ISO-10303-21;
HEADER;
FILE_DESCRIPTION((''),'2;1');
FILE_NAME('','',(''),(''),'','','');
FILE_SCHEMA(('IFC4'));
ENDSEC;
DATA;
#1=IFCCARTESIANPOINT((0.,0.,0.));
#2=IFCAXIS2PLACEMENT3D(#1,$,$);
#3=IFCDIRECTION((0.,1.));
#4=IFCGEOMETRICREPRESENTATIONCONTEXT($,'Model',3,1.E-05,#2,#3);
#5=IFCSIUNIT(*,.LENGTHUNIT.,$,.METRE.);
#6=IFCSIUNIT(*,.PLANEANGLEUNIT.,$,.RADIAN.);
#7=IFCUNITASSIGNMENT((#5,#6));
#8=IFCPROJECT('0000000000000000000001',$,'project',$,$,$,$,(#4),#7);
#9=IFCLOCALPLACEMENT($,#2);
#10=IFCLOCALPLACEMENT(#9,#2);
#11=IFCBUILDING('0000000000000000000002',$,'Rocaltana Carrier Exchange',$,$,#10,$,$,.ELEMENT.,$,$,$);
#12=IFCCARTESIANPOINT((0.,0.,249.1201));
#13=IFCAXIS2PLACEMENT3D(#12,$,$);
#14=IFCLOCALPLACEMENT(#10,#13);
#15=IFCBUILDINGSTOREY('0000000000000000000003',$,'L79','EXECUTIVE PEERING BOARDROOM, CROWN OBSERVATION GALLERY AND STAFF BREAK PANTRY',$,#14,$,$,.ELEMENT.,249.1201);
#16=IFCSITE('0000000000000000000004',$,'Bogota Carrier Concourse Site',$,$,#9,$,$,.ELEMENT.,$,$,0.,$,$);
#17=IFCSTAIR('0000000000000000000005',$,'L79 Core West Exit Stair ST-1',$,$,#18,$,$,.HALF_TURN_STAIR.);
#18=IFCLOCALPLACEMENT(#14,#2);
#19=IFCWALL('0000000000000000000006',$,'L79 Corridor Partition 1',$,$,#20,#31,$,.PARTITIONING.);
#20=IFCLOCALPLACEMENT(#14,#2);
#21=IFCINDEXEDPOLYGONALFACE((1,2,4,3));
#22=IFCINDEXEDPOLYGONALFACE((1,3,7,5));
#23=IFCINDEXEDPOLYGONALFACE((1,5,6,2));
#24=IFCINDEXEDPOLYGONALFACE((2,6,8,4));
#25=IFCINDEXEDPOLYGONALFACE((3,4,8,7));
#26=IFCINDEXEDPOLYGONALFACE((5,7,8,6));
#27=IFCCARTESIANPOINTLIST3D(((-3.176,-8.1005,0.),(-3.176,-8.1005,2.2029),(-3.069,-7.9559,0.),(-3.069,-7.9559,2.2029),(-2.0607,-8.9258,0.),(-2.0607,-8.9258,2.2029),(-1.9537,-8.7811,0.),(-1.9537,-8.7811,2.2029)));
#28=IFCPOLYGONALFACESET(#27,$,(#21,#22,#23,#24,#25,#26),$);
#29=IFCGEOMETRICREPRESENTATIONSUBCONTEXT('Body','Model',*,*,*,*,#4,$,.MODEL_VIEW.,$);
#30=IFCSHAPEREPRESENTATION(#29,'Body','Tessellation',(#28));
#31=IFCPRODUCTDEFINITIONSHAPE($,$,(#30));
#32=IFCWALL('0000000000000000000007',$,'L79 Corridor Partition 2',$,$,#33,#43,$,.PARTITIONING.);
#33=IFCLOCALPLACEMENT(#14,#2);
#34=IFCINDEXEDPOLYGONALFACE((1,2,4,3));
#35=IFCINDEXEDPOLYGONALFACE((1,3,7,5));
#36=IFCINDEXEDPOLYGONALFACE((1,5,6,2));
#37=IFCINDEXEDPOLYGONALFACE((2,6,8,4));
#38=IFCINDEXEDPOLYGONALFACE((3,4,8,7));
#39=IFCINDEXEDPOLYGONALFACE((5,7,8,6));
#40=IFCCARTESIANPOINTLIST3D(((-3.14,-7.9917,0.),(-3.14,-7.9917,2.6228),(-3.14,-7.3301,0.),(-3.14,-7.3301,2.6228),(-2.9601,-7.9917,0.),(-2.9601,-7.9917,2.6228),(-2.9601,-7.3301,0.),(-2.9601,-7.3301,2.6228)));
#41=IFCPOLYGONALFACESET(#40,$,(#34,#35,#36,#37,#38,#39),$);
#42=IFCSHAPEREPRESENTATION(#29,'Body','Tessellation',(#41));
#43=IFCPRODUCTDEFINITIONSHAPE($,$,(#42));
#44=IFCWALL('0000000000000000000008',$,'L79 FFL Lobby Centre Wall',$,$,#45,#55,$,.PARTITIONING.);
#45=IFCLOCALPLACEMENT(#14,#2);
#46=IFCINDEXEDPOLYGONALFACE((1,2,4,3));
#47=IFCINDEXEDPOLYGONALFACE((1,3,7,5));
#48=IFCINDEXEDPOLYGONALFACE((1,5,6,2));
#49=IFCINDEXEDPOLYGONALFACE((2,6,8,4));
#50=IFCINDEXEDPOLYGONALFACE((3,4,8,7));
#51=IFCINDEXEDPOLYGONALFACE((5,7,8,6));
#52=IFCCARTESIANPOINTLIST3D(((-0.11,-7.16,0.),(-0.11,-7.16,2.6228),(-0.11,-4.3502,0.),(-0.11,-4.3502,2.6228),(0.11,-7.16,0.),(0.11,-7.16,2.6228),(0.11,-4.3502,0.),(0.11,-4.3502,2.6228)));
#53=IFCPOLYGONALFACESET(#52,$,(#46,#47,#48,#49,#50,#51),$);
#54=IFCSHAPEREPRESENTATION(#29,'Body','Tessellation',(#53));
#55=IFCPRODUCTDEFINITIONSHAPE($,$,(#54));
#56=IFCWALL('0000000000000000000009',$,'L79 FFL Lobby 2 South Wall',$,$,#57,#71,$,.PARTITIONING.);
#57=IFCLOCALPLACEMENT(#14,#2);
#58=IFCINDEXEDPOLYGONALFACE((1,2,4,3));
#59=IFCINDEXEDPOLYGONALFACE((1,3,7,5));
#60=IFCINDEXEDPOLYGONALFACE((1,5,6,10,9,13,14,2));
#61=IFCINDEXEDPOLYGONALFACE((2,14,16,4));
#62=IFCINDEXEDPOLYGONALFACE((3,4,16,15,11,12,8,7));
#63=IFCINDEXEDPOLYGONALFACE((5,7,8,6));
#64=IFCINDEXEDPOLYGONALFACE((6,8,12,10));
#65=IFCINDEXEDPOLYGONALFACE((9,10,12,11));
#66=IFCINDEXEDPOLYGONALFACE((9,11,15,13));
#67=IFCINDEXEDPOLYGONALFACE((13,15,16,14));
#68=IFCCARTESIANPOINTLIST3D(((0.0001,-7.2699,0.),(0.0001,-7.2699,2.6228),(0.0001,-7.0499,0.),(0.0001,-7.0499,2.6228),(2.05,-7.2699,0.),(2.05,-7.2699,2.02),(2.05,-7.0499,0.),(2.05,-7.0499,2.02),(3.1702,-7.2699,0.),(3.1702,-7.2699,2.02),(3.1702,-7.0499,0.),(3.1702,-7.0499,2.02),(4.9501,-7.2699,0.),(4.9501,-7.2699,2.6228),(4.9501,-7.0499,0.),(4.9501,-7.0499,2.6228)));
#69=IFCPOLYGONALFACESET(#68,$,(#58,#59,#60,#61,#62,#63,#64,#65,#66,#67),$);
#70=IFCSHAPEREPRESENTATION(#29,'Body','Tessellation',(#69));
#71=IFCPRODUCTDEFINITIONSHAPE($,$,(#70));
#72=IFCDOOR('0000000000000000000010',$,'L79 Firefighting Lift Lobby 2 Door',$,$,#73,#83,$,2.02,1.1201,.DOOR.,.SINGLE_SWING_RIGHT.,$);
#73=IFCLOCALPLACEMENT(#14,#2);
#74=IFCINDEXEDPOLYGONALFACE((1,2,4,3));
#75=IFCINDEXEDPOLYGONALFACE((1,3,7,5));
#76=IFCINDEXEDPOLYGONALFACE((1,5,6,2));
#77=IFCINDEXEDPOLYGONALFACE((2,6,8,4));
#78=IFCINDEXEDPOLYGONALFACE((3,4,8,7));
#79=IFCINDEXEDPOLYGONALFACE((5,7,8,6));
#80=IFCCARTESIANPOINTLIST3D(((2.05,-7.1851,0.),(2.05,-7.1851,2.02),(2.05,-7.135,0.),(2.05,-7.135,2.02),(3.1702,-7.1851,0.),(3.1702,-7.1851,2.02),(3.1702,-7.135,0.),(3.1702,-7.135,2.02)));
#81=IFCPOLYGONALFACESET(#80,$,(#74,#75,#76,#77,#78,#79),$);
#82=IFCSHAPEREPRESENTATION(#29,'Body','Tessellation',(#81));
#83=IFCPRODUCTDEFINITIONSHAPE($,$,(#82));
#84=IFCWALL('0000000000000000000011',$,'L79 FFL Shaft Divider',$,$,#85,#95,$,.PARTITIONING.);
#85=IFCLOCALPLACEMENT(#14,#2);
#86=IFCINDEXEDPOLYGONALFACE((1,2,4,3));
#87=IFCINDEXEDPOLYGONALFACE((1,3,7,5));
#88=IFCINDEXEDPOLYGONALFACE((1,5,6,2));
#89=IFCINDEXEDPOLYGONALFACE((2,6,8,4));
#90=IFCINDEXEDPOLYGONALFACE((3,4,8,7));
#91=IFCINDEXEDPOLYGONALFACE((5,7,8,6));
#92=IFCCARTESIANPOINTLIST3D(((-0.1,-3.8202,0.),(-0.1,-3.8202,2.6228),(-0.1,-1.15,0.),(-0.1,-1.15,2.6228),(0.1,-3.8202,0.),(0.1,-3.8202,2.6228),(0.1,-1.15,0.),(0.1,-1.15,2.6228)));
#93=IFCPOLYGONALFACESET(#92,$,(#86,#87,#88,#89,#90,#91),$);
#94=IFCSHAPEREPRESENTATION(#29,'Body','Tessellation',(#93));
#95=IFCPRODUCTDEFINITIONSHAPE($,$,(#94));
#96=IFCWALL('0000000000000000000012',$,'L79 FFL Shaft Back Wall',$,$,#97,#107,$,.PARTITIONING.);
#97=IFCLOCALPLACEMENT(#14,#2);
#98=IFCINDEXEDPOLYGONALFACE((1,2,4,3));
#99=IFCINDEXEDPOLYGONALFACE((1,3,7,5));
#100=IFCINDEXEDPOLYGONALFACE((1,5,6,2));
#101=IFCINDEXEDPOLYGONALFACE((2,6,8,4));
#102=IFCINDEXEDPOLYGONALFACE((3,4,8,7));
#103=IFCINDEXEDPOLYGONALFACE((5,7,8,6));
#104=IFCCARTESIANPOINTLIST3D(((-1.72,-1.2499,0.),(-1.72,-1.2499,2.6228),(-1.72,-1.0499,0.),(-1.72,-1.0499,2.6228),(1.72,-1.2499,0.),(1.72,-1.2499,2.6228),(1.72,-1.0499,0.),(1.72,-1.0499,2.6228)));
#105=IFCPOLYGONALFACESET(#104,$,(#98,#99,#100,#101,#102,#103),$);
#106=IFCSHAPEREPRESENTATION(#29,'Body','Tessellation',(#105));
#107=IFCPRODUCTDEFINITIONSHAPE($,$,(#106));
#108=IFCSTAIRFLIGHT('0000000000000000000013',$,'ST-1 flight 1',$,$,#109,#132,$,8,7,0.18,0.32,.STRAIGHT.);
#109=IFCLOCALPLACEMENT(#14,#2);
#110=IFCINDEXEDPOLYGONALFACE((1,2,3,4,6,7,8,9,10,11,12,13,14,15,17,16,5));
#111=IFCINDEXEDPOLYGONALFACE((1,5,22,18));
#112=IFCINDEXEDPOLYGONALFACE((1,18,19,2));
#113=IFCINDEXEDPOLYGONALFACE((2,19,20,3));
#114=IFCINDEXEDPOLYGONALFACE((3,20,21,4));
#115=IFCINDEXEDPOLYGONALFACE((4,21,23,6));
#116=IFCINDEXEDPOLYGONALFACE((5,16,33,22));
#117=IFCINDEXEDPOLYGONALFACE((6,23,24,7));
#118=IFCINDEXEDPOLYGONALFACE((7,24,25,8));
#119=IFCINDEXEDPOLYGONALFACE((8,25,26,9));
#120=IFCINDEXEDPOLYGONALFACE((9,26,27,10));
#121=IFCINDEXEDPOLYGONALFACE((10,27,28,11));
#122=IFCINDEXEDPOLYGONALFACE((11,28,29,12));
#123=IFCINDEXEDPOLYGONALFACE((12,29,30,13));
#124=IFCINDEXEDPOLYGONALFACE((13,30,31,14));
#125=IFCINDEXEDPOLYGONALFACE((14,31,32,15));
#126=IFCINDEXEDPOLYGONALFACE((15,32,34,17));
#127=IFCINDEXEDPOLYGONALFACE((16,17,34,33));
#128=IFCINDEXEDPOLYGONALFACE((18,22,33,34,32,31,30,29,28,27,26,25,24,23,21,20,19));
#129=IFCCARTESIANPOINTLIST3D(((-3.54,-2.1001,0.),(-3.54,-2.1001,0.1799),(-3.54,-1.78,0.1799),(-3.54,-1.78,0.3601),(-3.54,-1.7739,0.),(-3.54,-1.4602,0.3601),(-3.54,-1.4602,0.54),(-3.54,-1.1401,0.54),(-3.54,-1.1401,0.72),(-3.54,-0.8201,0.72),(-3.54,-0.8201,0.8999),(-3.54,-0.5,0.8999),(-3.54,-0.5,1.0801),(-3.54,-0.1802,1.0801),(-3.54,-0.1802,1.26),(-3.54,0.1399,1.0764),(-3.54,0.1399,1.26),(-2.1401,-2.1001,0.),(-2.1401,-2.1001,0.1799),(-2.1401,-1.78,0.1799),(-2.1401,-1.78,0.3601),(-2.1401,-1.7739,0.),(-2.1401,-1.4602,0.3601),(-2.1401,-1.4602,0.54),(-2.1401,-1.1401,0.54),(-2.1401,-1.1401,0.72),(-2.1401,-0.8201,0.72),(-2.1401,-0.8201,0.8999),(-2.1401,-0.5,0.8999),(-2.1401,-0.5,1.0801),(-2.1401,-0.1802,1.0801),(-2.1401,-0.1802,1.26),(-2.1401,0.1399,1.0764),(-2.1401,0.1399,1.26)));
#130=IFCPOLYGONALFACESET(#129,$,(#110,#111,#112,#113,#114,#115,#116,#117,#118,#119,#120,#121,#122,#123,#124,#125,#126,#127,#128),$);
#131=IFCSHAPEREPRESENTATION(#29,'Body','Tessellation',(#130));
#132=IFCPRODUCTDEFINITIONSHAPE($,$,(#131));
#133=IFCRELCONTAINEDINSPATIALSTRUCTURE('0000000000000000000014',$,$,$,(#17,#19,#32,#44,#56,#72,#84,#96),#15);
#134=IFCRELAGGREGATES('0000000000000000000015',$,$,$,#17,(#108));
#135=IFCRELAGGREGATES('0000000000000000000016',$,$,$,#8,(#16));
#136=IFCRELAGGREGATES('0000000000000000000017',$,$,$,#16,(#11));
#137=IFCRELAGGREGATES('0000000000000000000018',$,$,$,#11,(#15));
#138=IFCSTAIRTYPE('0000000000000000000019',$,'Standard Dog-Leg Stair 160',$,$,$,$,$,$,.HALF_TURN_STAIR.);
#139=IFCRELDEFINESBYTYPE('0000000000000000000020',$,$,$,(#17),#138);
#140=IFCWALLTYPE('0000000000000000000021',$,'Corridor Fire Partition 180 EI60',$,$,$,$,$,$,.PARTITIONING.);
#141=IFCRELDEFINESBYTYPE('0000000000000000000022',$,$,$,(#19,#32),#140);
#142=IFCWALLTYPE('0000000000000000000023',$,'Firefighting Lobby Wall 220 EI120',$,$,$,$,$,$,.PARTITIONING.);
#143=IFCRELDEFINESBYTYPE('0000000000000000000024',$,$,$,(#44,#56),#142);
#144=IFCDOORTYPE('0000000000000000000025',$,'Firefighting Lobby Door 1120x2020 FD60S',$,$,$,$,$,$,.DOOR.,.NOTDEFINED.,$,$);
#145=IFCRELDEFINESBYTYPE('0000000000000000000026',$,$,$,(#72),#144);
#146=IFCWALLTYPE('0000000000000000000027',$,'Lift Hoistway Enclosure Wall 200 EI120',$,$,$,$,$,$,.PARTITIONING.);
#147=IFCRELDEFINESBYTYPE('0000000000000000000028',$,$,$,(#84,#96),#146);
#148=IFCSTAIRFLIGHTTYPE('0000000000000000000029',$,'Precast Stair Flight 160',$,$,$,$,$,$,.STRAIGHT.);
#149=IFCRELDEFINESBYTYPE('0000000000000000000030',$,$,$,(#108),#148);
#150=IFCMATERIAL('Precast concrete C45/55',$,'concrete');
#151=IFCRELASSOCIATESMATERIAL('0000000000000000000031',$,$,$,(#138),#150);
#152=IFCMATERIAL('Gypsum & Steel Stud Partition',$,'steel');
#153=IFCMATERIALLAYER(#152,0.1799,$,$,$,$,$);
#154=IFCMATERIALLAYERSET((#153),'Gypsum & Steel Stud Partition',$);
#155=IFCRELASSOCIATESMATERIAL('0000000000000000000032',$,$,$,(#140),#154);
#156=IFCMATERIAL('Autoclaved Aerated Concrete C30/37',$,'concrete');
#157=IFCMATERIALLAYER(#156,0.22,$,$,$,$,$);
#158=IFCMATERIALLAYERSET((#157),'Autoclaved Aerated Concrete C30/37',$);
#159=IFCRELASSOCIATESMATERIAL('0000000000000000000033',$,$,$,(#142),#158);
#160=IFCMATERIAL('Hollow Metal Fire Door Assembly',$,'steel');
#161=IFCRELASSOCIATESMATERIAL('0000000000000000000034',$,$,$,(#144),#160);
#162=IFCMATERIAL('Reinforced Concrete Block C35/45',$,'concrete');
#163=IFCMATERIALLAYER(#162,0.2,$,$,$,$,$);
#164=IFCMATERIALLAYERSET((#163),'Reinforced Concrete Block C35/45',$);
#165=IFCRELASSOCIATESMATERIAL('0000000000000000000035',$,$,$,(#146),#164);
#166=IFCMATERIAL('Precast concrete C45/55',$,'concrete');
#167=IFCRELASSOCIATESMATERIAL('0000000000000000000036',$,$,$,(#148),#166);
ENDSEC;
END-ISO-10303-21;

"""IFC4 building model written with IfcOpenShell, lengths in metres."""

from ifc_helpers import new_model, si_unit, direction, frame, frame_2d, origin, place, context, subcontext, project, spatial, polyline, rectangle, outline, extrude, material, layer, layer_set, type_object, element, fill, aggregate, save


model = new_model("IFC4")

# Units and contexts
model_context = context("Model", 3, precision=1e-05, world=origin(), true_north=direction((0.0, 1.0)))
body_context = subcontext(model_context, "Body", "Model", "MODEL_VIEW")
ifc_project = project(units=[si_unit("LENGTHUNIT", "METRE"), si_unit("PLANEANGLEUNIT", "RADIAN")], contexts=[model_context])

# Site, building, storey
site_placement = place(None, origin())
site = spatial("IfcSite", under=ifc_project, at=site_placement, Name="Bogota Carrier Concourse Site", CompositionType="ELEMENT", RefElevation=0.0)
building_placement = place(site_placement, origin())
building = spatial("IfcBuilding", under=site, at=building_placement, Name="Rocaltana Carrier Exchange", CompositionType="ELEMENT")
storey_placement = place(building_placement, frame((0.0, 0.0, 249.1201)))
storey = spatial("IfcBuildingStorey", under=building, at=storey_placement, Name="L79", Description="EXECUTIVE PEERING BOARDROOM, CROWN OBSERVATION GALLERY AND STAFF BREAK PANTRY", CompositionType="ELEMENT", Elevation=249.1201)

# Stair
ifc_material_1 = material(Name="Precast concrete C45/55", Category="concrete")
stair_type = type_object("IfcStairType", Name="Standard Dog-Leg Stair 160", PredefinedType="HALF_TURN_STAIR", material=ifc_material_1)
stair_1_placement = place(storey_placement, origin())
stair_1 = element("IfcStair", 1, at=stair_1_placement, inside=storey, type_object=stair_type, Name="L79 Core West Exit Stair ST-1", PredefinedType="HALF_TURN_STAIR")

# Walls
ifc_material_2 = material(Name="Gypsum & Steel Stud Partition", Category="steel")
ifc_layer_1 = layer(ifc_material_2, 0.1799)
ifc_layer_set_1 = layer_set([ifc_layer_1], Name="Gypsum & Steel Stud Partition")
wall_type_1 = type_object("IfcWallType", Name="Corridor Fire Partition 180 EI60", PredefinedType="PARTITIONING", material=ifc_layer_set_1)
wall_1_placement = place(storey_placement, frame((-2.0071, -8.8535, 0.0), z_axis=(0.0, 0.0, 1.0), x_axis=(-0.803869, 0.594807, 0.0)))
element("IfcWall", 2, at=wall_1_placement, inside=storey, type_object=wall_type_1, Name="L79 Corridor Partition 1", PredefinedType="PARTITIONING", context=body_context, shape_type="SweptSolid", body=[
    extrude(rectangle(XDim=1.3875, YDim=0.1799, at=frame_2d((0.6938, 0.0))), origin(), (0.0, 0.0, 1.0), 2.2029),
])
wall_2_placement = place(storey_placement, frame((-3.05, -7.9917, 0.0), z_axis=(0.0, 0.0, 1.0), x_axis=(0.0, 1.0, 0.0)))
element("IfcWall", 3, at=wall_2_placement, inside=storey, type_object=wall_type_1, Name="L79 Corridor Partition 2", PredefinedType="PARTITIONING", context=body_context, shape_type="SweptSolid", body=[
    extrude(rectangle(XDim=0.6616, YDim=0.1799, at=frame_2d((0.3308, 0.0))), origin(), (0.0, 0.0, 1.0), 2.6228),
])
ifc_material_3 = material(Name="Autoclaved Aerated Concrete C30/37", Category="concrete")
ifc_layer_2 = layer(ifc_material_3, 0.22)
ifc_layer_set_2 = layer_set([ifc_layer_2], Name="Autoclaved Aerated Concrete C30/37")
wall_type_2 = type_object("IfcWallType", Name="Firefighting Lobby Wall 220 EI120", PredefinedType="PARTITIONING", material=ifc_layer_set_2)
wall_3_placement = place(storey_placement, frame((0.0, -7.1599, 0.0), z_axis=(0.0, 0.0, 1.0), x_axis=(0.0, 1.0, 0.0)))
element("IfcWall", 4, at=wall_3_placement, inside=storey, type_object=wall_type_2, Name="L79 FFL Lobby Centre Wall", PredefinedType="PARTITIONING", context=body_context, shape_type="SweptSolid", body=[
    extrude(rectangle(XDim=2.8098, YDim=0.22, at=frame_2d((1.4048, 0.0))), origin(), (0.0, 0.0, 1.0), 2.6228),
])

# Wall, opening, door
wall_4_placement = place(storey_placement, frame((0.0, -7.1599, 0.0), z_axis=(0.0, 0.0, 1.0), x_axis=(1.0, 0.0, 0.0)))
wall_4 = element("IfcWall", 5, at=wall_4_placement, inside=storey, type_object=wall_type_2, Name="L79 FFL Lobby 2 South Wall", PredefinedType="PARTITIONING", context=body_context, shape_type="SweptSolid", body=[
    extrude(rectangle(XDim=4.95, YDim=0.22, at=frame_2d((2.4751, 0.0))), origin(), (0.0, 0.0, 1.0), 2.6228),
])
opening_placement = place(wall_4_placement, frame((2.05, 0.0, 0.0)))
opening = element("IfcOpeningElement", 6, at=opening_placement, cuts=wall_4, PredefinedType="OPENING", context=body_context, shape_type="SweptSolid", body=[
    extrude(rectangle(XDim=1.1201, YDim=2.02, at=frame_2d((0.5601, 1.01))), frame((0.0, 0.1199, 0.0), z_axis=(0.0, -1.0, 0.0), x_axis=(1.0, 0.0, 0.0)), (0.0, 0.0, 1.0), 0.24),
])
ifc_material_4 = material(Name="Hollow Metal Fire Door Assembly", Category="steel")
door_type = type_object("IfcDoorType", Name="Firefighting Lobby Door 1120x2020 FD60S", OperationType="NOTDEFINED", PredefinedType="DOOR", material=ifc_material_4)
door_placement = place(opening_placement, origin())
door = element("IfcDoor", 7, at=door_placement, inside=storey, type_object=door_type, Name="L79 Firefighting Lift Lobby 2 Door", OperationType="SINGLE_SWING_RIGHT", OverallHeight=2.02, OverallWidth=1.1201, PredefinedType="DOOR", context=body_context, shape_type="SweptSolid", body=[
    extrude(rectangle(XDim=1.1201, YDim=2.02, at=frame_2d((0.5601, 1.01))), frame((0.0, 0.0249, 0.0), z_axis=(0.0, -1.0, 0.0), x_axis=(1.0, 0.0, 0.0)), (0.0, 0.0, 1.0), 0.05),
])
fill(opening, door)

# Walls
ifc_material_5 = material(Name="Reinforced Concrete Block C35/45", Category="concrete")
ifc_layer_3 = layer(ifc_material_5, 0.2)
ifc_layer_set_3 = layer_set([ifc_layer_3], Name="Reinforced Concrete Block C35/45")
wall_type_3 = type_object("IfcWallType", Name="Lift Hoistway Enclosure Wall 200 EI120", PredefinedType="PARTITIONING", material=ifc_layer_set_3)
wall_5_placement = place(storey_placement, frame((0.0, -3.8201, 0.0), z_axis=(0.0, 0.0, 1.0), x_axis=(0.0, 1.0, 0.0)))
element("IfcWall", 8, at=wall_5_placement, inside=storey, type_object=wall_type_3, Name="L79 FFL Shaft Divider", PredefinedType="PARTITIONING", context=body_context, shape_type="SweptSolid", body=[
    extrude(rectangle(XDim=2.6702, YDim=0.2, at=frame_2d((1.335, 0.0))), origin(), (0.0, 0.0, 1.0), 2.6228),
])
wall_6_placement = place(storey_placement, frame((-1.72, -1.1499, 0.0), z_axis=(0.0, 0.0, 1.0), x_axis=(1.0, 0.0, 0.0)))
element("IfcWall", 9, at=wall_6_placement, inside=storey, type_object=wall_type_3, Name="L79 FFL Shaft Back Wall", PredefinedType="PARTITIONING", context=body_context, shape_type="SweptSolid", body=[
    extrude(rectangle(XDim=3.4399, YDim=0.2, at=frame_2d((1.72, 0.0))), origin(), (0.0, 0.0, 1.0), 2.6228),
])

# Stair flight
ifc_material_6 = material(Name="Precast concrete C45/55", Category="concrete")
stair_flight_type = type_object("IfcStairFlightType", Name="Precast Stair Flight 160", PredefinedType="STRAIGHT", material=ifc_material_6)
stair_flight_placement = place(storey_placement, frame((-2.8401, -2.1001, 0.0), z_axis=(0.0, 0.0, 1.0), x_axis=(0.0, 1.0, 0.0)))
stair_flight = element("IfcStairFlight", 10, at=stair_flight_placement, type_object=stair_flight_type, Name="ST-1 flight 1", NumberOfRisers=8, NumberOfTreads=7, PredefinedType="STRAIGHT", RiserHeight=0.18, TreadLength=0.32, context=body_context, shape_type="SweptSolid", body=[
    extrude(outline(polyline([(0.0, 0.0), (0.0, 0.1799), (0.3201, 0.1799), (0.3201, 0.3601), (0.6399, 0.3601), (0.6399, 0.54), (0.96, 0.54), (0.96, 0.72), (1.28, 0.72), (1.28, 0.8999), (1.6001, 0.8999), (1.6001, 1.0801), (1.9199, 1.0801), (1.9199, 1.26), (2.24, 1.26), (2.24, 1.4399), (2.24, 1.0764), (0.3262, 0.0), (0.0, 0.0)])), frame((0.0, 0.7, 0.0), z_axis=(0.0, -1.0, 0.0), x_axis=(1.0, 0.0, 0.0)), (0.0, 0.0, 1.0), 1.3999),
])
aggregate(stair_1, [stair_flight])

save(model, "model.ifc")
